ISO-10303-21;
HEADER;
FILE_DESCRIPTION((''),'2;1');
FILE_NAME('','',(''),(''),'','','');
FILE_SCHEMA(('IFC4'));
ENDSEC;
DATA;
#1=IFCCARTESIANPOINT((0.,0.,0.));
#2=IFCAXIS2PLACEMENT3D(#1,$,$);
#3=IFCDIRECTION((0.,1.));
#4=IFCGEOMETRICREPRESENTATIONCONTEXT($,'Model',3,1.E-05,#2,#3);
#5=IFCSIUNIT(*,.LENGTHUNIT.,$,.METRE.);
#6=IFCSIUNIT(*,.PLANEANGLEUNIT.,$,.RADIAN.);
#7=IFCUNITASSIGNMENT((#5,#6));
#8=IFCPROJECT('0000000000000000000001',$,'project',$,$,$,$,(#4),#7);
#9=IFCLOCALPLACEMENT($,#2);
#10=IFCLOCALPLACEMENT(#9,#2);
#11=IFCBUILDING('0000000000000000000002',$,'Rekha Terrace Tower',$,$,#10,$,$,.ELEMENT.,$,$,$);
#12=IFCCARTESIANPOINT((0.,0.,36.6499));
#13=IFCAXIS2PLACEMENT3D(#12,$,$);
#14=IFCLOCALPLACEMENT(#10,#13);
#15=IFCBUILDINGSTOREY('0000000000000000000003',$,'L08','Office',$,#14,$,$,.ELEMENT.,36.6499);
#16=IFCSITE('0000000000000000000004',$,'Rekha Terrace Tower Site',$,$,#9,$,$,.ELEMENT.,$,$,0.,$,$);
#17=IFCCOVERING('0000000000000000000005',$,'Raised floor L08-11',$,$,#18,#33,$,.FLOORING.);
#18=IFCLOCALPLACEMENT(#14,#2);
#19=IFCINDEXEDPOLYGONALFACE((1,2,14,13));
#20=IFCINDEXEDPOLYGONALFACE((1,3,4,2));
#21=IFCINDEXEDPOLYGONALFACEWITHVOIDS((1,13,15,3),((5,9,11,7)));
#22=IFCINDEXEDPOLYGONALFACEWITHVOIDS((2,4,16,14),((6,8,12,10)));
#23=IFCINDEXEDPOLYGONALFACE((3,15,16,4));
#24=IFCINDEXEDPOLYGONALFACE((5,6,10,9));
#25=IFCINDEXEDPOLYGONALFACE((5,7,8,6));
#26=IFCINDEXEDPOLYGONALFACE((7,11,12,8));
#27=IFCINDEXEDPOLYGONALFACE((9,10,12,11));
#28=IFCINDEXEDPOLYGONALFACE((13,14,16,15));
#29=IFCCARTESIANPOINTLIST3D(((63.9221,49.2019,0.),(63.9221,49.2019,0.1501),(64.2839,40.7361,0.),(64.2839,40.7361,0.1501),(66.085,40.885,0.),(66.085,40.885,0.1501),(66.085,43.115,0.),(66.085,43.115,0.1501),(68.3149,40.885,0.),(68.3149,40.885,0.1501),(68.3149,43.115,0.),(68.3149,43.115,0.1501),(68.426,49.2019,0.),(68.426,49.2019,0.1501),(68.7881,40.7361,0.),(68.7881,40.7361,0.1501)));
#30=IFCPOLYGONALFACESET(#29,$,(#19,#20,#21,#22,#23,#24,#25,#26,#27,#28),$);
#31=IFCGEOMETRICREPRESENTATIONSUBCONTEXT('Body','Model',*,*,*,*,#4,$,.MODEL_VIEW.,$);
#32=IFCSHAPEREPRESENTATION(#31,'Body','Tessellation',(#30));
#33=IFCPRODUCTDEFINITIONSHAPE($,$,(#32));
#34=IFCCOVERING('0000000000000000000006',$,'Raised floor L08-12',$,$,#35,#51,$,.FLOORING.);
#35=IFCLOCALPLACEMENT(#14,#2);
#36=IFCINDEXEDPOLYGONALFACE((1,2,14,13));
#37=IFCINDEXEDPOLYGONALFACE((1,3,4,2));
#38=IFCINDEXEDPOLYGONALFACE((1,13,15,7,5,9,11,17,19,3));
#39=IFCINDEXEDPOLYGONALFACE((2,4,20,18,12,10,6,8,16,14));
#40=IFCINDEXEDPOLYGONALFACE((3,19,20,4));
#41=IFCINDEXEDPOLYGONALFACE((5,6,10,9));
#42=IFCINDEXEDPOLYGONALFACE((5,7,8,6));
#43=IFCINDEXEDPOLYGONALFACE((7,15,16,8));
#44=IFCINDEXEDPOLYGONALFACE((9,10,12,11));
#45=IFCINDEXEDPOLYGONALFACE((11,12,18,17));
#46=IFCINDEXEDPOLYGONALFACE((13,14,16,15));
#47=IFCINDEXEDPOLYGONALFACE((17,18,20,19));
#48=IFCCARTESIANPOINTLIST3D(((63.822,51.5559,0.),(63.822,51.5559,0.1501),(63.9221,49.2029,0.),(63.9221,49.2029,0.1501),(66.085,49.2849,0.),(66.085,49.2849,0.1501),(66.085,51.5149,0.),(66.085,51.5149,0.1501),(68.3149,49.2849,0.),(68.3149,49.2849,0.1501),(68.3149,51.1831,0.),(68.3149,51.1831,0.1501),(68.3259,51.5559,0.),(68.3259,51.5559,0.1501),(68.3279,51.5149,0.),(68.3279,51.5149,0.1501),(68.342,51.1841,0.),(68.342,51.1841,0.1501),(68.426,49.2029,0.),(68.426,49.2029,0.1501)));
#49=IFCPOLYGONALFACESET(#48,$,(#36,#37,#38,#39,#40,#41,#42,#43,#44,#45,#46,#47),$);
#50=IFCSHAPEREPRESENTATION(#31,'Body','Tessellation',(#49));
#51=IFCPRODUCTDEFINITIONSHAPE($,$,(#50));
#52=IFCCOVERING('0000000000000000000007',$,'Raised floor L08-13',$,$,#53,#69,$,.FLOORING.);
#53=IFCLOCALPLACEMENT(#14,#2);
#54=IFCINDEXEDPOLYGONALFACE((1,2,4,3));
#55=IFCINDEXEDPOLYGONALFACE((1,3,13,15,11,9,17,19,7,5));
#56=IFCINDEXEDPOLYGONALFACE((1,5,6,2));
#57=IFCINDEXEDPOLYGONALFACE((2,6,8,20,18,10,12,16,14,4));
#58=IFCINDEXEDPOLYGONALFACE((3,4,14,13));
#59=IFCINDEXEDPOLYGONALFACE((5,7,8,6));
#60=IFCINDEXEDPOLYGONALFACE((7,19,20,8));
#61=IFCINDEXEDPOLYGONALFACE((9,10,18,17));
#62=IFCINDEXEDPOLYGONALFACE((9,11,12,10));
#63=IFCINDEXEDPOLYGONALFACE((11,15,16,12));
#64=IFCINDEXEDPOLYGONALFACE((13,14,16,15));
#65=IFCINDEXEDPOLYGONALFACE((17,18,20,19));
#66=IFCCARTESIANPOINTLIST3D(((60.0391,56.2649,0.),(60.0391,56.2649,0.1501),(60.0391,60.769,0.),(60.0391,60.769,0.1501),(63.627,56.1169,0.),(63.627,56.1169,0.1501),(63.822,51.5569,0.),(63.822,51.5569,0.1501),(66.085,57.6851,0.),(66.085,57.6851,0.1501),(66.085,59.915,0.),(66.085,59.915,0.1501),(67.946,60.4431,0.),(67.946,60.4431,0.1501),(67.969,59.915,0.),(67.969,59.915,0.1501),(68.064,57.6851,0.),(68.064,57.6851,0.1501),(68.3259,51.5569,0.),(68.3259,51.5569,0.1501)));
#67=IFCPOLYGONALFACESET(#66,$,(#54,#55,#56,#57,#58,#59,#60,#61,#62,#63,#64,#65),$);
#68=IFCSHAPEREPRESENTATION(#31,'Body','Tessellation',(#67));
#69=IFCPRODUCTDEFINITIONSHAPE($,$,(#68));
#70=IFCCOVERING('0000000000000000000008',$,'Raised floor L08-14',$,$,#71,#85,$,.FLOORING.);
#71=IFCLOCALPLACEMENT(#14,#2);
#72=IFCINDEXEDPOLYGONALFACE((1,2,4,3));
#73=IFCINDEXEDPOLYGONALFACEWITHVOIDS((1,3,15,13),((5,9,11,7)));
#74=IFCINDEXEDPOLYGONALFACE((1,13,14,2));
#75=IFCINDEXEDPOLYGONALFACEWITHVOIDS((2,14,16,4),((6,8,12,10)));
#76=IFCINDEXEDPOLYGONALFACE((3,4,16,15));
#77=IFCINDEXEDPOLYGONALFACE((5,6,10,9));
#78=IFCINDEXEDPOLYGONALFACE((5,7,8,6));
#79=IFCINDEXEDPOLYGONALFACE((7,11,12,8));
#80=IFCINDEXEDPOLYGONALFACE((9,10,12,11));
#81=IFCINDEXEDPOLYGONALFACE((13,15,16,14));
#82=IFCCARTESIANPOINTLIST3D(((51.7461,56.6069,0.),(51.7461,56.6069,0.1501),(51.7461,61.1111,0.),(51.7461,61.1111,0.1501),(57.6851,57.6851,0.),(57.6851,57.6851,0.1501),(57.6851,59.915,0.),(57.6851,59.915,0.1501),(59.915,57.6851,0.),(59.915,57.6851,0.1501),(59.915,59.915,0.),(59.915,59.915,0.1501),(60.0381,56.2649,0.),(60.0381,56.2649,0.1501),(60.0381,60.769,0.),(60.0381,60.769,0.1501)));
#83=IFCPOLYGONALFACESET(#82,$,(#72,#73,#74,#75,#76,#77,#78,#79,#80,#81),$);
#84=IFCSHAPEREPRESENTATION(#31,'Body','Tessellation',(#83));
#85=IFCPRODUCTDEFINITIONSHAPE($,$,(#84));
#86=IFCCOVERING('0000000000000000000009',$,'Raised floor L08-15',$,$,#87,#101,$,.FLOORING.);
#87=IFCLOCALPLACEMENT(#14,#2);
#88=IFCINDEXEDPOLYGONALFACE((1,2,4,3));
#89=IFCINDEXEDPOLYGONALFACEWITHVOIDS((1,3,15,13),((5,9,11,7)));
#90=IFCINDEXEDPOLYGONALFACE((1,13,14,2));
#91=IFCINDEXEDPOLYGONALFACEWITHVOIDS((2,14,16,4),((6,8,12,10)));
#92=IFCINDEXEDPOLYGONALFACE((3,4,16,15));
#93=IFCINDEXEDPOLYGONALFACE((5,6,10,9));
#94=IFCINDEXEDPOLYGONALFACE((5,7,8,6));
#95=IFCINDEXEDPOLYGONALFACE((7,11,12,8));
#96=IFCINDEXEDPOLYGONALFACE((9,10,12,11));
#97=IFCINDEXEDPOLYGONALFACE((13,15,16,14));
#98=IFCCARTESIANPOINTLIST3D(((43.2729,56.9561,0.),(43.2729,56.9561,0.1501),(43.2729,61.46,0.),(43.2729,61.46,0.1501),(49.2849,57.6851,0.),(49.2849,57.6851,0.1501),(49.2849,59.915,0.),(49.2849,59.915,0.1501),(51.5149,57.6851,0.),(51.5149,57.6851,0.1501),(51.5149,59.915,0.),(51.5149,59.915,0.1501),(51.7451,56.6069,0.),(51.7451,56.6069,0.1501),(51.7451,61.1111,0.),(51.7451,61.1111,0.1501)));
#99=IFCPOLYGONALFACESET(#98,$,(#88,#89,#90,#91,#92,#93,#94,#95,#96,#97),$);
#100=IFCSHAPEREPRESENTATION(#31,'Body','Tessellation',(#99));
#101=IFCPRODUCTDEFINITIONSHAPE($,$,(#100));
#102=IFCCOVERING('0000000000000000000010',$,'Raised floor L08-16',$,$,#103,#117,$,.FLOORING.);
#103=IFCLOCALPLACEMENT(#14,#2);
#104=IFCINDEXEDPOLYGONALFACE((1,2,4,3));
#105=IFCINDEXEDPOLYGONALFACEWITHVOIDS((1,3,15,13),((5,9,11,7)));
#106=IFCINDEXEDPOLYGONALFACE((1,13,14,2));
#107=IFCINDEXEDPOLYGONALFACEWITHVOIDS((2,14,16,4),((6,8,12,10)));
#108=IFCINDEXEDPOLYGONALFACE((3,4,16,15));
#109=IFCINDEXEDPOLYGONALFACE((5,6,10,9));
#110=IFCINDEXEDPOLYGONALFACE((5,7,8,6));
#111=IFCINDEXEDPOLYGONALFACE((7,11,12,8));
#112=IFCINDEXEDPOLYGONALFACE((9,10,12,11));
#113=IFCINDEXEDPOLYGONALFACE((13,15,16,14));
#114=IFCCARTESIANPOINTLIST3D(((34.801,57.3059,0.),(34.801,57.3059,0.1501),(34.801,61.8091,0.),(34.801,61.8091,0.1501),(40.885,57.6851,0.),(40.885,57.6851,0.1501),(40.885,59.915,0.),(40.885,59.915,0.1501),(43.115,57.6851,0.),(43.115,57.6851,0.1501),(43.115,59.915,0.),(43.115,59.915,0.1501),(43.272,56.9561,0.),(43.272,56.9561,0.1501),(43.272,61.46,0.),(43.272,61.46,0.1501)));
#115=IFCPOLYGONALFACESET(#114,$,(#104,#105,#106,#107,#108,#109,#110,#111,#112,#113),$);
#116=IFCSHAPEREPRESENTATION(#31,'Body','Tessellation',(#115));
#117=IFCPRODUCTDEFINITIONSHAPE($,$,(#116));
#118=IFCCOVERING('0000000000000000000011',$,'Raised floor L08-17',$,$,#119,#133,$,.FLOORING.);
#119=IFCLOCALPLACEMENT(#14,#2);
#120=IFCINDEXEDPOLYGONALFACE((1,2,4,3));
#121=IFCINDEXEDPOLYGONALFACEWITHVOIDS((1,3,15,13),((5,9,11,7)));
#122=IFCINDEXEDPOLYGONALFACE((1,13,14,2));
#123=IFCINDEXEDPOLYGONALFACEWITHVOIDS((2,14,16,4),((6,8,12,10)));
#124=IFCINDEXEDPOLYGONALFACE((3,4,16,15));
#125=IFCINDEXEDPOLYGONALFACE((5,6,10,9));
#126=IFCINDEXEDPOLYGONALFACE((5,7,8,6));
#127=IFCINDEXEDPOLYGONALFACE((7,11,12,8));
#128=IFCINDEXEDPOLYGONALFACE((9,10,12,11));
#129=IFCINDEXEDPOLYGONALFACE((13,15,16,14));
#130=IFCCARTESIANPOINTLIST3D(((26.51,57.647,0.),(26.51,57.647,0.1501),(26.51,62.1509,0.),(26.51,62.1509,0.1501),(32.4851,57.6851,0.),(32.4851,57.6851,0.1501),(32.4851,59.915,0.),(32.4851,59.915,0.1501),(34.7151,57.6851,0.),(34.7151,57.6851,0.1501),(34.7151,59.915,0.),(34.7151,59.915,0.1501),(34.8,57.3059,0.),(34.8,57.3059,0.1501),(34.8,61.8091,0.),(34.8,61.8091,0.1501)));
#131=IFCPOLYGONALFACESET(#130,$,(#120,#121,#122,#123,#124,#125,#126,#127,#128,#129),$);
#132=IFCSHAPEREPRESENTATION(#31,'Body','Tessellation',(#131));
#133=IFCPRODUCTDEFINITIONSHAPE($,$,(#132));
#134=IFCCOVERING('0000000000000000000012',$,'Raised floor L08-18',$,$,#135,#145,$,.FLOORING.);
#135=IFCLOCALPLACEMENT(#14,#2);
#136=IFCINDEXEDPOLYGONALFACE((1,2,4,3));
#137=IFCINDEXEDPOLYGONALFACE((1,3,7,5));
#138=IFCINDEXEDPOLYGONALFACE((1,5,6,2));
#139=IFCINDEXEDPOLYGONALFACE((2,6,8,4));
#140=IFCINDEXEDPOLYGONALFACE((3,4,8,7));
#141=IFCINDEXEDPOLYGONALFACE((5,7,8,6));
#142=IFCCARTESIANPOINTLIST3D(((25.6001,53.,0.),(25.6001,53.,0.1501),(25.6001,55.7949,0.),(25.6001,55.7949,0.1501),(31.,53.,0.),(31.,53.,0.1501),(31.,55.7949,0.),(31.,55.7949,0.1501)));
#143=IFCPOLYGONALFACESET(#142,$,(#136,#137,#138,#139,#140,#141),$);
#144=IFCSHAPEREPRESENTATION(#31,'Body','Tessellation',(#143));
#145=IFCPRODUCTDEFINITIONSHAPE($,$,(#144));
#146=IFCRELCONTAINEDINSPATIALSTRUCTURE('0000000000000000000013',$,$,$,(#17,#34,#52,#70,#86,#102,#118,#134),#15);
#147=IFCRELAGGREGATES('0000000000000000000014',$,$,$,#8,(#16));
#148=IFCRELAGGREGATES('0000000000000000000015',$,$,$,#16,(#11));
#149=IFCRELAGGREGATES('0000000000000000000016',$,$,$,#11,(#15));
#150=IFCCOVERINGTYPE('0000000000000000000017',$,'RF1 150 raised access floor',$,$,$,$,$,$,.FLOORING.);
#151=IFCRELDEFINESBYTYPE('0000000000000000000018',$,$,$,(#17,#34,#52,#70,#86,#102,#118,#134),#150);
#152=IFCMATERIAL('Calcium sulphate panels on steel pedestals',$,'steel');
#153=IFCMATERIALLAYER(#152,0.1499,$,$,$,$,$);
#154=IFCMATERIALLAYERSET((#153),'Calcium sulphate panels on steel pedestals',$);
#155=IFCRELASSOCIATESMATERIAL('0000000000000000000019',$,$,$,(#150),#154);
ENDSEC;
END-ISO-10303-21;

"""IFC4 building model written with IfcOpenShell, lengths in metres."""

from ifc_helpers import new_model, si_unit, direction, frame, origin, place, context, subcontext, project, spatial, polyline, outline, extrude, material, layer, layer_set, type_object, element, save


model = new_model("IFC4")

# Units and contexts
model_context = context("Model", 3, precision=1e-05, world=origin(), true_north=direction((0.0, 1.0)))
body_context = subcontext(model_context, "Body", "Model", "MODEL_VIEW")
ifc_project = project(units=[si_unit("LENGTHUNIT", "METRE"), si_unit("PLANEANGLEUNIT", "RADIAN")], contexts=[model_context])

# Site, building, storey
site_placement = place(None, origin())
site = spatial("IfcSite", under=ifc_project, at=site_placement, Name="Rekha Terrace Tower Site", CompositionType="ELEMENT", RefElevation=0.0)
building_placement = place(site_placement, origin())
building = spatial("IfcBuilding", under=site, at=building_placement, Name="Rekha Terrace Tower", CompositionType="ELEMENT")
storey_placement = place(building_placement, frame((0.0, 0.0, 36.6499)))
storey = spatial("IfcBuildingStorey", under=building, at=storey_placement, Name="L08", Description="Office", CompositionType="ELEMENT", Elevation=36.6499)

# Coverings
ifc_material_1 = material(Name="Calcium sulphate panels on steel pedestals", Category="steel")
ifc_layer_1 = layer(ifc_material_1, 0.1499)
ifc_layer_set_1 = layer_set([ifc_layer_1], Name="Calcium sulphate panels on steel pedestals")
covering_type_1 = type_object("IfcCoveringType", Name="RF1 150 raised access floor", PredefinedType="FLOORING", material=ifc_layer_set_1)
covering_1_placement = place(storey_placement, origin())
element("IfcCovering", 1, at=covering_1_placement, inside=storey, type_object=covering_type_1, Name="Raised floor L08-11", PredefinedType="FLOORING", context=body_context, shape_type="SweptSolid", body=[
    extrude(outline(polyline([(68.426, 49.2019), (63.9221, 49.2019), (64.2839, 40.7361), (68.7881, 40.7361), (68.426, 49.2019)]), holes=[polyline([(68.3149, 40.885), (66.085, 40.885), (66.085, 43.115), (68.3149, 43.115), (68.3149, 40.885)])]), origin(), (0.0, 0.0, 1.0), 0.1501),
])
covering_2_placement = place(storey_placement, origin())
element("IfcCovering", 2, at=covering_2_placement, inside=storey, type_object=covering_type_1, Name="Raised floor L08-12", PredefinedType="FLOORING", context=body_context, shape_type="SweptSolid", body=[
    extrude(outline(polyline([(68.3259, 51.5559), (63.822, 51.5559), (63.9221, 49.2029), (68.426, 49.2029), (68.342, 51.1841), (68.3149, 51.1831), (68.3149, 49.2849), (66.085, 49.2849), (66.085, 51.5149), (68.3279, 51.5149), (68.3259, 51.5559)])), origin(), (0.0, 0.0, 1.0), 0.1501),
])
covering_3_placement = place(storey_placement, origin())
element("IfcCovering", 3, at=covering_3_placement, inside=storey, type_object=covering_type_1, Name="Raised floor L08-13", PredefinedType="FLOORING", context=body_context, shape_type="SweptSolid", body=[
    extrude(outline(polyline([(60.0391, 56.2649), (63.627, 56.1169), (63.822, 51.5569), (68.3259, 51.5569), (68.064, 57.6851), (66.085, 57.6851), (66.085, 59.915), (67.969, 59.915), (67.946, 60.4431), (60.0391, 60.769), (60.0391, 56.2649)])), origin(), (0.0, 0.0, 1.0), 0.1501),
])
covering_4_placement = place(storey_placement, origin())
element("IfcCovering", 4, at=covering_4_placement, inside=storey, type_object=covering_type_1, Name="Raised floor L08-14", PredefinedType="FLOORING", context=body_context, shape_type="SweptSolid", body=[
    extrude(outline(polyline([(60.0381, 56.2649), (60.0381, 60.769), (51.7461, 61.1111), (51.7461, 56.6069), (60.0381, 56.2649)]), holes=[polyline([(59.915, 57.6851), (57.6851, 57.6851), (57.6851, 59.915), (59.915, 59.915), (59.915, 57.6851)])]), origin(), (0.0, 0.0, 1.0), 0.1501),
])
covering_5_placement = place(storey_placement, origin())
element("IfcCovering", 5, at=covering_5_placement, inside=storey, type_object=covering_type_1, Name="Raised floor L08-15", PredefinedType="FLOORING", context=body_context, shape_type="SweptSolid", body=[
    extrude(outline(polyline([(51.7451, 56.6069), (51.7451, 61.1111), (43.2729, 61.46), (43.2729, 56.9561), (51.7451, 56.6069)]), holes=[polyline([(51.5149, 57.6851), (49.2849, 57.6851), (49.2849, 59.915), (51.5149, 59.915), (51.5149, 57.6851)])]), origin(), (0.0, 0.0, 1.0), 0.1501),
])
covering_6_placement = place(storey_placement, origin())
element("IfcCovering", 6, at=covering_6_placement, inside=storey, type_object=covering_type_1, Name="Raised floor L08-16", PredefinedType="FLOORING", context=body_context, shape_type="SweptSolid", body=[
    extrude(outline(polyline([(43.272, 56.9561), (43.272, 61.46), (34.801, 61.8091), (34.801, 57.3059), (43.272, 56.9561)]), holes=[polyline([(43.115, 57.6851), (40.885, 57.6851), (40.885, 59.915), (43.115, 59.915), (43.115, 57.6851)])]), origin(), (0.0, 0.0, 1.0), 0.1501),
])
covering_7_placement = place(storey_placement, origin())
element("IfcCovering", 7, at=covering_7_placement, inside=storey, type_object=covering_type_1, Name="Raised floor L08-17", PredefinedType="FLOORING", context=body_context, shape_type="SweptSolid", body=[
    extrude(outline(polyline([(34.8, 57.3059), (34.8, 61.8091), (26.51, 62.1509), (26.51, 57.647), (34.8, 57.3059)]), holes=[polyline([(34.7151, 57.6851), (32.4851, 57.6851), (32.4851, 59.915), (34.7151, 59.915), (34.7151, 57.6851)])]), origin(), (0.0, 0.0, 1.0), 0.1501),
])
covering_8_placement = place(storey_placement, origin())
element("IfcCovering", 8, at=covering_8_placement, inside=storey, type_object=covering_type_1, Name="Raised floor L08-18", PredefinedType="FLOORING", context=body_context, shape_type="SweptSolid", body=[
    extrude(outline(polyline([(31.0, 53.0), (31.0, 55.7949), (25.6001, 55.7949), (25.6001, 53.0), (31.0, 53.0)])), origin(), (0.0, 0.0, 1.0), 0.1501),
])

save(model, "model.ifc")
